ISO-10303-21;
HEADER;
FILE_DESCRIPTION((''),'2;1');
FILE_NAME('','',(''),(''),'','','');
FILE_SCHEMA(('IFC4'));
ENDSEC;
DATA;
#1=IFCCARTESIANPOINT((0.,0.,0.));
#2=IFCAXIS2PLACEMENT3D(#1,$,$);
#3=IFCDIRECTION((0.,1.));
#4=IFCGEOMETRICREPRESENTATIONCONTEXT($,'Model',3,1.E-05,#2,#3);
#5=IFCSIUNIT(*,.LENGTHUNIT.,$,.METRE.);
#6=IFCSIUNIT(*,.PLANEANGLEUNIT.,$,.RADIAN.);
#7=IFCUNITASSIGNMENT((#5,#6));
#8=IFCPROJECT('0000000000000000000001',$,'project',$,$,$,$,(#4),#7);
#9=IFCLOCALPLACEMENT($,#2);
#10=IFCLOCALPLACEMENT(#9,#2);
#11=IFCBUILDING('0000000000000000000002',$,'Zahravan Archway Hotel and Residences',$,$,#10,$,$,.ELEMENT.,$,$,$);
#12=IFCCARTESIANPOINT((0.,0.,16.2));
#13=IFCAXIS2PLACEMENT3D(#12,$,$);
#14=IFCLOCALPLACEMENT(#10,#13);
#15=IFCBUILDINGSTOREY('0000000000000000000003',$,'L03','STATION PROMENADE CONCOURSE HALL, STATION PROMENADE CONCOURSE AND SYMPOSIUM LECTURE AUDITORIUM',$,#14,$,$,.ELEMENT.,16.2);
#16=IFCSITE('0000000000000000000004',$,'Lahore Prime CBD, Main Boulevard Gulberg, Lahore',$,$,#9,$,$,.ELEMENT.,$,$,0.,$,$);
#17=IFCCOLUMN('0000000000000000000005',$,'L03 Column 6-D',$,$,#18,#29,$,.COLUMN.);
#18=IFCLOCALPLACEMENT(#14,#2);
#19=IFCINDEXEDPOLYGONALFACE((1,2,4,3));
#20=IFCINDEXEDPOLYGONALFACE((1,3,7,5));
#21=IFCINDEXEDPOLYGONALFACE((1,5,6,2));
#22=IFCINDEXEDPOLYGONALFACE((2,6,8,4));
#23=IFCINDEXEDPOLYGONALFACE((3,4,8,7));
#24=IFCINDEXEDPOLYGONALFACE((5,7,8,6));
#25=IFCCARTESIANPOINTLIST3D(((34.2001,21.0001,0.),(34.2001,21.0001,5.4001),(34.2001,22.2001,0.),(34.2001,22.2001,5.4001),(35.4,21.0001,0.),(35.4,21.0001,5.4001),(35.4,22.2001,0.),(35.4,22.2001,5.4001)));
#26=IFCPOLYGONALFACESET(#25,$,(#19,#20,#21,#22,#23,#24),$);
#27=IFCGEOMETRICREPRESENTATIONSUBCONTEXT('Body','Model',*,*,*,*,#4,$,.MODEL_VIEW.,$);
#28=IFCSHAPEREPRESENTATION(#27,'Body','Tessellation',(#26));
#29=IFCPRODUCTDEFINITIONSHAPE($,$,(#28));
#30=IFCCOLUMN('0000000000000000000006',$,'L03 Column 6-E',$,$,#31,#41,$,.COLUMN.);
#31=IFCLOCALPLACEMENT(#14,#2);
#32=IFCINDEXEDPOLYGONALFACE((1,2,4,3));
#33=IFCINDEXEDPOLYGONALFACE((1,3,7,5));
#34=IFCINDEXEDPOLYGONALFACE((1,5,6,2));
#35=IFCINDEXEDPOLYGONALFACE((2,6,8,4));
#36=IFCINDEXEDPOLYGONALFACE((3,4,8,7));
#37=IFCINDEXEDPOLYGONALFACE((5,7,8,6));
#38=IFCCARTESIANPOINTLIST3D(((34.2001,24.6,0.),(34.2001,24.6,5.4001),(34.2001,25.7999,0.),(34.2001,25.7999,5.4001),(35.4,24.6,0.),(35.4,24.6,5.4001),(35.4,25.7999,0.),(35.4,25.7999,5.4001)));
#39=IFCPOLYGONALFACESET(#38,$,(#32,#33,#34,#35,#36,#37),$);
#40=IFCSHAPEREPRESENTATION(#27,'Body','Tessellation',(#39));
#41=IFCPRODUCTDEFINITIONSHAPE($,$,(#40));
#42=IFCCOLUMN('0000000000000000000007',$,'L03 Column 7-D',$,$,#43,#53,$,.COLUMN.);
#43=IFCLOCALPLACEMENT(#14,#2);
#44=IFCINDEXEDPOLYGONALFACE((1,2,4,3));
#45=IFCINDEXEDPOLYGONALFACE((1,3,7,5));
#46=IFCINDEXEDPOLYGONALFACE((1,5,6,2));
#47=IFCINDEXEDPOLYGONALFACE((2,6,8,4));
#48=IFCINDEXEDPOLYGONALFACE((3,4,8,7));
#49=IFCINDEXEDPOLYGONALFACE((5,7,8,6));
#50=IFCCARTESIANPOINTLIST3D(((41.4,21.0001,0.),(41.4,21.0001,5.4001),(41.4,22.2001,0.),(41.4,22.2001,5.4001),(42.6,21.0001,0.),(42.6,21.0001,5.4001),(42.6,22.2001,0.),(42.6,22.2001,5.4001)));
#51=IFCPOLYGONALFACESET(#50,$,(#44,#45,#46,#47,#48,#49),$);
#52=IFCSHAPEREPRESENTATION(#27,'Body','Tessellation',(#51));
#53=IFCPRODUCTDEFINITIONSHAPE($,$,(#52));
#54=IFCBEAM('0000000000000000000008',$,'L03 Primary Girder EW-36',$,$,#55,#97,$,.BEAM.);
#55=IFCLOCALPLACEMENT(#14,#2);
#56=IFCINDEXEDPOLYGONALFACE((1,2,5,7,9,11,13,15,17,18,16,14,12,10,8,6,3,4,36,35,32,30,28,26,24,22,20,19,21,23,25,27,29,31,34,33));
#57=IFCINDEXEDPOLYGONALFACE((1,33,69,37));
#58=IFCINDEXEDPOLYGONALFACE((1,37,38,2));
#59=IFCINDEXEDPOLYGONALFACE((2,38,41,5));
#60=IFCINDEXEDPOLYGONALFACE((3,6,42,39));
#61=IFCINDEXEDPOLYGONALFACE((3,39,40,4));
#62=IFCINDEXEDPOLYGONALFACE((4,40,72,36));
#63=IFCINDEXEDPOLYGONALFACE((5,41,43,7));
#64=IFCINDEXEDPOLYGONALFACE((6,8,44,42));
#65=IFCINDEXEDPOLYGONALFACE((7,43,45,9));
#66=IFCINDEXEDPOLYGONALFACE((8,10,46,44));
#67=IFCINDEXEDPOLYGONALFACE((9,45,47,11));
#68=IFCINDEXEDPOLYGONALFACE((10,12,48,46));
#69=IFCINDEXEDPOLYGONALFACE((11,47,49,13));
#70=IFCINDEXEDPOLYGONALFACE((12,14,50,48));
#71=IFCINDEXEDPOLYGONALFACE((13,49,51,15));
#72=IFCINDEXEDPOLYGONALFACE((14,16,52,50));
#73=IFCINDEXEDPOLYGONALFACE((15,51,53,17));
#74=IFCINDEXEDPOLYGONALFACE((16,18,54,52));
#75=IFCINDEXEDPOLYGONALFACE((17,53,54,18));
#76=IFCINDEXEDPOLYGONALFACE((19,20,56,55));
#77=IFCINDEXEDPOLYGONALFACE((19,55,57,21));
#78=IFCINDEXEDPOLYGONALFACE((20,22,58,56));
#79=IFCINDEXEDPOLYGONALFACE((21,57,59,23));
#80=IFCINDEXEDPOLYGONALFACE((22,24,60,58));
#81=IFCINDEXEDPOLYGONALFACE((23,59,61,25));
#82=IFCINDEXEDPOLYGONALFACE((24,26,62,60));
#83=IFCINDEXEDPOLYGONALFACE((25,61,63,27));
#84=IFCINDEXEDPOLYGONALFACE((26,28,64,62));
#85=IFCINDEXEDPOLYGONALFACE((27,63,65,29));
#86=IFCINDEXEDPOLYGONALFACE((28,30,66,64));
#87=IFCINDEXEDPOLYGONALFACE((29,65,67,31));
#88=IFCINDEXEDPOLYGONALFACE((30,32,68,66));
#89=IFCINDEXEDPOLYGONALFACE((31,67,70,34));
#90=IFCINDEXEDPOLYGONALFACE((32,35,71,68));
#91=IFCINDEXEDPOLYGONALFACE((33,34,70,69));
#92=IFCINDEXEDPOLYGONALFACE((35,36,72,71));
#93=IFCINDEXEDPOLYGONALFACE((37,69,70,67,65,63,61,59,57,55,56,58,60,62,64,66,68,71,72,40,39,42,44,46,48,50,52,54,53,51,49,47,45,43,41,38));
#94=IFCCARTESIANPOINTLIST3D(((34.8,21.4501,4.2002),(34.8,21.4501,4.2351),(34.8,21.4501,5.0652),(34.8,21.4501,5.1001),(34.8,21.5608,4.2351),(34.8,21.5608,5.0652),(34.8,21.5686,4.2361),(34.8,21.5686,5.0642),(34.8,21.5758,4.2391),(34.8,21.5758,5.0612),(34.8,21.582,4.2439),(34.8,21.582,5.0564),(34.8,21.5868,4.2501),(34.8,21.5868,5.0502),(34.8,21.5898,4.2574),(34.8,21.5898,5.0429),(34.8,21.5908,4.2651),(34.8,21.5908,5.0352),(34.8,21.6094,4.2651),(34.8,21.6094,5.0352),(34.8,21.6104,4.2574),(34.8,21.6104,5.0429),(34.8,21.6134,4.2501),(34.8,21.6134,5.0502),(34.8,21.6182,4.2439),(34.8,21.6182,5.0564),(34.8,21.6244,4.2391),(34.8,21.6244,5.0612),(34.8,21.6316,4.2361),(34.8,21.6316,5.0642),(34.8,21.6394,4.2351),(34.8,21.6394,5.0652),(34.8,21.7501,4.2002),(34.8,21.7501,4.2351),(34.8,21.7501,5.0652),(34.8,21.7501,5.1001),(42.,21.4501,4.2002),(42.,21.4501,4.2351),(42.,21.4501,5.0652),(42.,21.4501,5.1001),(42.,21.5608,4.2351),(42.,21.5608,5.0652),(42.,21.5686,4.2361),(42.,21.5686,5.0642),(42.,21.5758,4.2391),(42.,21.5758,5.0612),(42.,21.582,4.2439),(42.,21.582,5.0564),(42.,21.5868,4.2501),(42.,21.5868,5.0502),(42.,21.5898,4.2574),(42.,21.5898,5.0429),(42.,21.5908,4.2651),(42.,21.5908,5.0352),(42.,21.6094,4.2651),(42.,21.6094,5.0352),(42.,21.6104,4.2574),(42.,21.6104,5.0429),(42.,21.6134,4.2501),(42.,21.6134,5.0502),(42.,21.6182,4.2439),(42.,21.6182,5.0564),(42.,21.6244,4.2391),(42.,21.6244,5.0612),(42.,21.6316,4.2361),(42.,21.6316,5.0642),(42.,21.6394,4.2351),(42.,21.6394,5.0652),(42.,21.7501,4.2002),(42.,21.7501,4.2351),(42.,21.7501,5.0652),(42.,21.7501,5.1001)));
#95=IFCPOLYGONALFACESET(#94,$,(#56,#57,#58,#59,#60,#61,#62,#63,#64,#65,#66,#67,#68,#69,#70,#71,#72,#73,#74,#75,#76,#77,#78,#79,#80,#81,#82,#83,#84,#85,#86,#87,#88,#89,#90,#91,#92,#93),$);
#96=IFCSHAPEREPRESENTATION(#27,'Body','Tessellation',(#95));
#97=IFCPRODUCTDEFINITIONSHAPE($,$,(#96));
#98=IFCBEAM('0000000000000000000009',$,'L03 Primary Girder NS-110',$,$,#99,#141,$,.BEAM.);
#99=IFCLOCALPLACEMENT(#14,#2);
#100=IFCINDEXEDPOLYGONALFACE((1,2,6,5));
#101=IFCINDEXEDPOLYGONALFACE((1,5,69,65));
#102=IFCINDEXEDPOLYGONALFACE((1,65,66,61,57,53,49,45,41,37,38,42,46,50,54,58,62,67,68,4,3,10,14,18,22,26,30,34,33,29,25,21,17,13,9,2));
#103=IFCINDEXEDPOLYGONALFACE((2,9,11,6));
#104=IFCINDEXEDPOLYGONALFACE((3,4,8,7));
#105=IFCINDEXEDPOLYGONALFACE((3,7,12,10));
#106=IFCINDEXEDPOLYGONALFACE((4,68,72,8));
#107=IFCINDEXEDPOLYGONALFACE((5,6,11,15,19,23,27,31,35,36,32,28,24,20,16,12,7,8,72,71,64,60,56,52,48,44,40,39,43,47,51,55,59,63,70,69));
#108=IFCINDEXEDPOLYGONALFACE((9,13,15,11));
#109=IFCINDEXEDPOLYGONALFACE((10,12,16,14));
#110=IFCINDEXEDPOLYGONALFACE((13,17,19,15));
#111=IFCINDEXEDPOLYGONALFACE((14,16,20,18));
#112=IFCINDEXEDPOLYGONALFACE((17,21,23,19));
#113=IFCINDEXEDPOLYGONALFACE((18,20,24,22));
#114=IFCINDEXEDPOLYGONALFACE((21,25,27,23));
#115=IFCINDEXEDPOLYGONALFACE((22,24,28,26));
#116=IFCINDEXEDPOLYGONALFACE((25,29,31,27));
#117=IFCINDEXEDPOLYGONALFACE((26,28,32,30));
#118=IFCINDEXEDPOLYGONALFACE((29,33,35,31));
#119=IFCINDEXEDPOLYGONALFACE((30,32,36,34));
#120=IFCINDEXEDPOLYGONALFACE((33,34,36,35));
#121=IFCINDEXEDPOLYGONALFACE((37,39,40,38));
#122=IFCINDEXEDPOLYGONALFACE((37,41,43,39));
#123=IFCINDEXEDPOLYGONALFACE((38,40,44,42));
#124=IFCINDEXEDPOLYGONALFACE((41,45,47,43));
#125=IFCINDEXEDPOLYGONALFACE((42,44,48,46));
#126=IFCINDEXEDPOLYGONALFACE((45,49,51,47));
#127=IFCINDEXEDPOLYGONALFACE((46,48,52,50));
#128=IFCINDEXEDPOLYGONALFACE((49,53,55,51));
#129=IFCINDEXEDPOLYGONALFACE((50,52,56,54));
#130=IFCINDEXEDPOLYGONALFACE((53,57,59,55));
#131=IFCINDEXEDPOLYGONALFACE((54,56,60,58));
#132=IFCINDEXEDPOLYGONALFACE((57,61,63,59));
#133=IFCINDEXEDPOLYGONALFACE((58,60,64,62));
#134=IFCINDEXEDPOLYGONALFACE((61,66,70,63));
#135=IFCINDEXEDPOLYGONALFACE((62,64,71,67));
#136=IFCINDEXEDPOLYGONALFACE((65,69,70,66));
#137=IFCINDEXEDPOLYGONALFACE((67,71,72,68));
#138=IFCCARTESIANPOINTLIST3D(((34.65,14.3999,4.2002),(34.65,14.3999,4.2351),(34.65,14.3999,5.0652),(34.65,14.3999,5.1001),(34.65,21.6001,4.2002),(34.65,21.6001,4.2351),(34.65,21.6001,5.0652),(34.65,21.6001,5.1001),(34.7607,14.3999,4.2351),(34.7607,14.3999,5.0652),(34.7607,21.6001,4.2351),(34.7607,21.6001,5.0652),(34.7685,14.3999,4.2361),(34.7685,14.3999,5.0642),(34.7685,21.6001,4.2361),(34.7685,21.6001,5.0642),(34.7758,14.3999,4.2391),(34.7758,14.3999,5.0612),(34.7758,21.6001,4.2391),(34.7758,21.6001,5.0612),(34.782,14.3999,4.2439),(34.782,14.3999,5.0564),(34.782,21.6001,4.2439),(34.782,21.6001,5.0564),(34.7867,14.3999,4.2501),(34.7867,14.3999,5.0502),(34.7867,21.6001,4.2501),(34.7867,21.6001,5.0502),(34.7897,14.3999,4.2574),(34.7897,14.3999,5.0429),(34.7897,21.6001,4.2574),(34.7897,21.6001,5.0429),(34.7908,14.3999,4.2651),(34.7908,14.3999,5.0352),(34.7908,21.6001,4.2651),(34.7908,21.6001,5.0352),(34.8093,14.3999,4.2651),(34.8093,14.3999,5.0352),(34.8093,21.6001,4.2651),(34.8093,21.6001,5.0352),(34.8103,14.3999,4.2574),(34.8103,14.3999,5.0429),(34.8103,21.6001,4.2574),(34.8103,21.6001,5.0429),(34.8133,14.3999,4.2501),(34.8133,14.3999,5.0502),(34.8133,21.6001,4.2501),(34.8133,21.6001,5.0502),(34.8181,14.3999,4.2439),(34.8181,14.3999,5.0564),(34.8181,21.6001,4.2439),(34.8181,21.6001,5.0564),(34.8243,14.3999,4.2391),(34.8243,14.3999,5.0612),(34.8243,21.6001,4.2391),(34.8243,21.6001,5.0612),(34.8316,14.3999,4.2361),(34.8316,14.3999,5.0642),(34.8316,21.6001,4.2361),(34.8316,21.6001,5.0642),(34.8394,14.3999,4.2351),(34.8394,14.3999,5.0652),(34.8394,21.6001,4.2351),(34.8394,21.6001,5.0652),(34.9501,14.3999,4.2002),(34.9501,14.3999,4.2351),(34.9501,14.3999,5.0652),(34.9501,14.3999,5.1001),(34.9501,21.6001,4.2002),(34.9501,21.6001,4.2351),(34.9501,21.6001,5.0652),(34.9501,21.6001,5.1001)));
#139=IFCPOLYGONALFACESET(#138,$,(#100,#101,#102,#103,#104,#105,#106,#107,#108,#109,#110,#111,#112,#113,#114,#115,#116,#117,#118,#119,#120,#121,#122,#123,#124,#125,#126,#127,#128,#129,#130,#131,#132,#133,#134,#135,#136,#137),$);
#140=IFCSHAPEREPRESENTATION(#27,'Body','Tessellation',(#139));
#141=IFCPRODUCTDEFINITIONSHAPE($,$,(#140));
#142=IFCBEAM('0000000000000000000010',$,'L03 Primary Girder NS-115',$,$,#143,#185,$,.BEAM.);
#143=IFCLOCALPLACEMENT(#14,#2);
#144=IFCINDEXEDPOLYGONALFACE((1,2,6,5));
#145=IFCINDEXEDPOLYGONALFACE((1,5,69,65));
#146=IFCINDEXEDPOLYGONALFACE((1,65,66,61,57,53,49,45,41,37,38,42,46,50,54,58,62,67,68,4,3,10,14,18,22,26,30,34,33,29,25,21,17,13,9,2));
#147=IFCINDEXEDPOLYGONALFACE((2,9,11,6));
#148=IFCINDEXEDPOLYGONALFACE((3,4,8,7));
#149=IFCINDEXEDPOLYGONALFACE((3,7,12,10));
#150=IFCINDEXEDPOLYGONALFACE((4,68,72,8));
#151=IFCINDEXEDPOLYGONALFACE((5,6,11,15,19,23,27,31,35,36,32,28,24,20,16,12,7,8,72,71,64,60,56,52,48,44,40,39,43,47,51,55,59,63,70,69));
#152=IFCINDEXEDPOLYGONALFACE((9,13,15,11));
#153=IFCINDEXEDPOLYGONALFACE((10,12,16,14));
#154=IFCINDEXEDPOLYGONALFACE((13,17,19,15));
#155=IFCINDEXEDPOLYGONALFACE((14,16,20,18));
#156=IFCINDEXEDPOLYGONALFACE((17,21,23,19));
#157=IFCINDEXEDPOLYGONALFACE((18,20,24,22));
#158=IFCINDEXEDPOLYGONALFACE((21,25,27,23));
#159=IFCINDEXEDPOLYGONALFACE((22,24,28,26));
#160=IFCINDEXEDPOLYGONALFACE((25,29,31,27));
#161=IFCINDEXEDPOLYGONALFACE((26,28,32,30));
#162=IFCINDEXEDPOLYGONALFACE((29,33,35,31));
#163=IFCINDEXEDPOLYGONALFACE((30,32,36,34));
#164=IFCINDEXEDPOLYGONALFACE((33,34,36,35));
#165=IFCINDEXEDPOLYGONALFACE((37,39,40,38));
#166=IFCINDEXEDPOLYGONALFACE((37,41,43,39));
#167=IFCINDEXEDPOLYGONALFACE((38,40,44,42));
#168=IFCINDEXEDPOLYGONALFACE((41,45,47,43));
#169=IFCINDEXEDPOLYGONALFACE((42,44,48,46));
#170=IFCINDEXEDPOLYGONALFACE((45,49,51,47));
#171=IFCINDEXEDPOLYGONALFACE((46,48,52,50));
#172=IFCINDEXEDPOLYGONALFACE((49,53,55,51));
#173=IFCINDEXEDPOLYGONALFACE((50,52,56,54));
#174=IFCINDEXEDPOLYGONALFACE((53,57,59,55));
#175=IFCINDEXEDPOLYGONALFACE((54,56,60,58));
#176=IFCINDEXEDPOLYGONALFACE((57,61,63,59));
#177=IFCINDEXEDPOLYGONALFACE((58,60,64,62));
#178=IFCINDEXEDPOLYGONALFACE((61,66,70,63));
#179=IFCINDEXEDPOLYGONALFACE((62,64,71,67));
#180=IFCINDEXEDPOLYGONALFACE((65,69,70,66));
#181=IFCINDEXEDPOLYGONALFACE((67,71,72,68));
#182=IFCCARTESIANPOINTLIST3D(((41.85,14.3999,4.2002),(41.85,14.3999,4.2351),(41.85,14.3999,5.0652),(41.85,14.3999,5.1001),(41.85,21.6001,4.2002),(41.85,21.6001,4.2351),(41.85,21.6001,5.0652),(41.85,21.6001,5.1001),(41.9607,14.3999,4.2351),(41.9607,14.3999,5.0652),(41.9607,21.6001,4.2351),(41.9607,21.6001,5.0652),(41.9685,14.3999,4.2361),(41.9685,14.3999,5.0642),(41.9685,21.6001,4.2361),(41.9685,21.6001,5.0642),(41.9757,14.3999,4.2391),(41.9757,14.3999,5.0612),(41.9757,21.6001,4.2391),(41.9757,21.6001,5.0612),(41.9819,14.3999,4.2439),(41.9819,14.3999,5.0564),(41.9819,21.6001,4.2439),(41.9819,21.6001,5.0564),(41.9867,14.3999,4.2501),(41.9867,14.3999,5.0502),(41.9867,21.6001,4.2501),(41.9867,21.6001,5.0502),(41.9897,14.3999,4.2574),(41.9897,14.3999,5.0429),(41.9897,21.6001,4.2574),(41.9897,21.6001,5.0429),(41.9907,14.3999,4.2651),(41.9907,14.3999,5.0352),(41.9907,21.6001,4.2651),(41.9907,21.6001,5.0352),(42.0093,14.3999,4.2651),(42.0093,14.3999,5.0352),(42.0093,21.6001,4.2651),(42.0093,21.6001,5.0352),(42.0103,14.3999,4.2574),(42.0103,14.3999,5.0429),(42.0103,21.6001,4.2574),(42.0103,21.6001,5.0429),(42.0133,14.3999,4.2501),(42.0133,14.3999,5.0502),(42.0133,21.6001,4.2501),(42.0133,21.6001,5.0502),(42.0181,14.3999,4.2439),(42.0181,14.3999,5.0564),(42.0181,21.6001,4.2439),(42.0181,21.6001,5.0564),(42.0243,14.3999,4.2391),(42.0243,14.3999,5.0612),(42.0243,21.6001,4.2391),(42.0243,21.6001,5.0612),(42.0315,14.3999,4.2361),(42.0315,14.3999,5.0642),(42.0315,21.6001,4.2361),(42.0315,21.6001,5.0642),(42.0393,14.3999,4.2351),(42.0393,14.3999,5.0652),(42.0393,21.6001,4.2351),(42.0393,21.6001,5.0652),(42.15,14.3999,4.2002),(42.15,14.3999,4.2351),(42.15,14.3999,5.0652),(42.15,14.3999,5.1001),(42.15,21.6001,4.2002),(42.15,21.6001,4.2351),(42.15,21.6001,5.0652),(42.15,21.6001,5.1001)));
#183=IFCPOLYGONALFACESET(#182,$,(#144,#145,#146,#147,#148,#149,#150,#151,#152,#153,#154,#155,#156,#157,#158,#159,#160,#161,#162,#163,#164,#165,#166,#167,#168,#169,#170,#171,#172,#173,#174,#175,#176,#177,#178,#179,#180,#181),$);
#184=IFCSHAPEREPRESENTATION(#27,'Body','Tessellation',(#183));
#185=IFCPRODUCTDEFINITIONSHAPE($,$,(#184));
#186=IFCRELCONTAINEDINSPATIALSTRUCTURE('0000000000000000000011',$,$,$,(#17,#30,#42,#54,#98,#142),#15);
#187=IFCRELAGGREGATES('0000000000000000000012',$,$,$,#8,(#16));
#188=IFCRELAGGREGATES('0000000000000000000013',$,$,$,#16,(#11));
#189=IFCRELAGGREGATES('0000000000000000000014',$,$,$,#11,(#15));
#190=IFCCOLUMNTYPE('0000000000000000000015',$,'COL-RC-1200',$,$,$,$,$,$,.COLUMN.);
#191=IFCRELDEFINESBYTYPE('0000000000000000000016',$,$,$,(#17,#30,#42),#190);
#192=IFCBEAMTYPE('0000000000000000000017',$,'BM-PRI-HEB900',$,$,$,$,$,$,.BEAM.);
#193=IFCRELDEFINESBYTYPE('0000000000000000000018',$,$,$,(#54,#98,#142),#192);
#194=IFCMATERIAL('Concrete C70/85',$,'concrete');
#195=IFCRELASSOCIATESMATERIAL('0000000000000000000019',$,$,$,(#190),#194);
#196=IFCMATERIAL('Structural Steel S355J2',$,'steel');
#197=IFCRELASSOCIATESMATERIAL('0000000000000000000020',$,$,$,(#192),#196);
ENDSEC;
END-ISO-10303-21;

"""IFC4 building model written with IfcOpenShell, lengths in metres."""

from ifc_helpers import new_model, si_unit, direction, frame, origin, origin_2d, place, context, subcontext, project, spatial, rectangle, i_section, extrude, source, transform, mapped, material, material_profile, profile_set, type_object, element, save


model = new_model("IFC4")

# Units and contexts
model_context = context("Model", 3, precision=1e-05, world=origin(), true_north=direction((0.0, 1.0)))
body_context = subcontext(model_context, "Body", "Model", "MODEL_VIEW")
ifc_project = project(units=[si_unit("LENGTHUNIT", "METRE"), si_unit("PLANEANGLEUNIT", "RADIAN")], contexts=[model_context])

# Site, building, storey
site_placement = place(None, origin())
site = spatial("IfcSite", under=ifc_project, at=site_placement, Name="Lahore Prime CBD, Main Boulevard Gulberg, Lahore", CompositionType="ELEMENT", RefElevation=0.0)
building_placement = place(site_placement, origin())
building = spatial("IfcBuilding", under=site, at=building_placement, Name="Zahravan Archway Hotel and Residences", CompositionType="ELEMENT")
storey_placement = place(building_placement, frame((0.0, 0.0, 16.2)))
storey = spatial("IfcBuildingStorey", under=building, at=storey_placement, Name="L03", Description="STATION PROMENADE CONCOURSE HALL, STATION PROMENADE CONCOURSE AND SYMPOSIUM LECTURE AUDITORIUM", CompositionType="ELEMENT", Elevation=16.2)

# Columns
ifc_material_1 = material(Name="Concrete C70/85", Category="concrete")
ifc_material_profile_1 = material_profile(ifc_material_1, rectangle(XDim=1.2, YDim=1.2, at=origin_2d()), Name="RC-COL-1200x1200", Category="concrete")
ifc_profile_set_1 = profile_set([ifc_material_profile_1], Name="Concrete C70/85")
column_type = type_object("IfcColumnType", Name="COL-RC-1200", PredefinedType="COLUMN", material=ifc_profile_set_1)
shared_shape_1 = source(origin(), body_context, "Body", "SweptSolid", [
    extrude(rectangle(XDim=1.2, YDim=1.2, at=origin_2d()), origin(), (0.0, 0.0, 1.0), 5.4001),
])
for number, where, z_axis, x_axis, name in (
    (1, (34.8, 21.6001, 0.0), (0.0, 0.0, 1.0), (1.0, 0.0, 0.0), "L03 Column 6-D"),
    (2, (34.8, 25.2, 0.0), (0.0, 0.0, 1.0), (1.0, 0.0, 0.0), "L03 Column 6-E"),
    (3, (42.0, 21.6001, 0.0), (0.0, 0.0, 1.0), (1.0, 0.0, 0.0), "L03 Column 7-D"),
):
    element("IfcColumn", number, at=place(storey_placement, frame(where, z_axis=z_axis, x_axis=x_axis)), inside=storey, type_object=column_type, Name=name, PredefinedType="COLUMN", context=body_context, shape_type="MappedRepresentation", body=[
        mapped(shared_shape_1, transform((0.0, 0.0, 0.0), scale=1.0)),
    ])

# Beams
ifc_material_2 = material(Name="Structural Steel S355J2", Category="steel")
ifc_material_profile_2 = material_profile(ifc_material_2, i_section(OverallWidth=0.3, OverallDepth=0.8999, WebThickness=0.0186, FlangeThickness=0.0349, FilletRadius=0.03, at=origin_2d()), Name="HEB 900", Category="steel")
ifc_profile_set_2 = profile_set([ifc_material_profile_2], Name="Structural Steel S355J2")
beam_type_1 = type_object("IfcBeamType", Name="BM-PRI-HEB900", PredefinedType="BEAM", material=ifc_profile_set_2)
shared_shape_2 = source(origin(), body_context, "Body", "SweptSolid", [
    extrude(i_section(OverallWidth=0.3, OverallDepth=0.8999, WebThickness=0.0186, FlangeThickness=0.0349, FilletRadius=0.03, at=origin_2d()), origin(), (0.0, 0.0, 1.0), 7.2),
])
beam_1_placement = place(storey_placement, frame((34.8, 21.6001, 4.6501), z_axis=(1.0, 0.0, 0.0), x_axis=(0.0, 1.0, 0.0)))
element("IfcBeam", 4, at=beam_1_placement, inside=storey, type_object=beam_type_1, Name="L03 Primary Girder EW-36", PredefinedType="BEAM", context=body_context, shape_type="MappedRepresentation", body=[
    mapped(shared_shape_2, transform((0.0, 0.0, 0.0), scale=1.0)),
])
shared_shape_3 = source(origin(), body_context, "Body", "SweptSolid", [
    extrude(i_section(OverallWidth=0.3, OverallDepth=0.8999, WebThickness=0.0186, FlangeThickness=0.0349, FilletRadius=0.03, at=origin_2d()), origin(), (0.0, 0.0, 1.0), 7.2002),
])
for number, where, z_axis, x_axis, name in (
    (5, (34.8, 14.3999, 4.6501), (0.0, 1.0, 0.0), (-1.0, 0.0, 0.0), "L03 Primary Girder NS-110"),
    (6, (42.0, 14.3999, 4.6501), (0.0, 1.0, 0.0), (-1.0, 0.0, 0.0), "L03 Primary Girder NS-115"),
):
    element("IfcBeam", number, at=place(storey_placement, frame(where, z_axis=z_axis, x_axis=x_axis)), inside=storey, type_object=beam_type_1, Name=name, PredefinedType="BEAM", context=body_context, shape_type="MappedRepresentation", body=[
        mapped(shared_shape_3, transform((0.0, 0.0, 0.0), scale=1.0)),
    ])

save(model, "model.ifc")
